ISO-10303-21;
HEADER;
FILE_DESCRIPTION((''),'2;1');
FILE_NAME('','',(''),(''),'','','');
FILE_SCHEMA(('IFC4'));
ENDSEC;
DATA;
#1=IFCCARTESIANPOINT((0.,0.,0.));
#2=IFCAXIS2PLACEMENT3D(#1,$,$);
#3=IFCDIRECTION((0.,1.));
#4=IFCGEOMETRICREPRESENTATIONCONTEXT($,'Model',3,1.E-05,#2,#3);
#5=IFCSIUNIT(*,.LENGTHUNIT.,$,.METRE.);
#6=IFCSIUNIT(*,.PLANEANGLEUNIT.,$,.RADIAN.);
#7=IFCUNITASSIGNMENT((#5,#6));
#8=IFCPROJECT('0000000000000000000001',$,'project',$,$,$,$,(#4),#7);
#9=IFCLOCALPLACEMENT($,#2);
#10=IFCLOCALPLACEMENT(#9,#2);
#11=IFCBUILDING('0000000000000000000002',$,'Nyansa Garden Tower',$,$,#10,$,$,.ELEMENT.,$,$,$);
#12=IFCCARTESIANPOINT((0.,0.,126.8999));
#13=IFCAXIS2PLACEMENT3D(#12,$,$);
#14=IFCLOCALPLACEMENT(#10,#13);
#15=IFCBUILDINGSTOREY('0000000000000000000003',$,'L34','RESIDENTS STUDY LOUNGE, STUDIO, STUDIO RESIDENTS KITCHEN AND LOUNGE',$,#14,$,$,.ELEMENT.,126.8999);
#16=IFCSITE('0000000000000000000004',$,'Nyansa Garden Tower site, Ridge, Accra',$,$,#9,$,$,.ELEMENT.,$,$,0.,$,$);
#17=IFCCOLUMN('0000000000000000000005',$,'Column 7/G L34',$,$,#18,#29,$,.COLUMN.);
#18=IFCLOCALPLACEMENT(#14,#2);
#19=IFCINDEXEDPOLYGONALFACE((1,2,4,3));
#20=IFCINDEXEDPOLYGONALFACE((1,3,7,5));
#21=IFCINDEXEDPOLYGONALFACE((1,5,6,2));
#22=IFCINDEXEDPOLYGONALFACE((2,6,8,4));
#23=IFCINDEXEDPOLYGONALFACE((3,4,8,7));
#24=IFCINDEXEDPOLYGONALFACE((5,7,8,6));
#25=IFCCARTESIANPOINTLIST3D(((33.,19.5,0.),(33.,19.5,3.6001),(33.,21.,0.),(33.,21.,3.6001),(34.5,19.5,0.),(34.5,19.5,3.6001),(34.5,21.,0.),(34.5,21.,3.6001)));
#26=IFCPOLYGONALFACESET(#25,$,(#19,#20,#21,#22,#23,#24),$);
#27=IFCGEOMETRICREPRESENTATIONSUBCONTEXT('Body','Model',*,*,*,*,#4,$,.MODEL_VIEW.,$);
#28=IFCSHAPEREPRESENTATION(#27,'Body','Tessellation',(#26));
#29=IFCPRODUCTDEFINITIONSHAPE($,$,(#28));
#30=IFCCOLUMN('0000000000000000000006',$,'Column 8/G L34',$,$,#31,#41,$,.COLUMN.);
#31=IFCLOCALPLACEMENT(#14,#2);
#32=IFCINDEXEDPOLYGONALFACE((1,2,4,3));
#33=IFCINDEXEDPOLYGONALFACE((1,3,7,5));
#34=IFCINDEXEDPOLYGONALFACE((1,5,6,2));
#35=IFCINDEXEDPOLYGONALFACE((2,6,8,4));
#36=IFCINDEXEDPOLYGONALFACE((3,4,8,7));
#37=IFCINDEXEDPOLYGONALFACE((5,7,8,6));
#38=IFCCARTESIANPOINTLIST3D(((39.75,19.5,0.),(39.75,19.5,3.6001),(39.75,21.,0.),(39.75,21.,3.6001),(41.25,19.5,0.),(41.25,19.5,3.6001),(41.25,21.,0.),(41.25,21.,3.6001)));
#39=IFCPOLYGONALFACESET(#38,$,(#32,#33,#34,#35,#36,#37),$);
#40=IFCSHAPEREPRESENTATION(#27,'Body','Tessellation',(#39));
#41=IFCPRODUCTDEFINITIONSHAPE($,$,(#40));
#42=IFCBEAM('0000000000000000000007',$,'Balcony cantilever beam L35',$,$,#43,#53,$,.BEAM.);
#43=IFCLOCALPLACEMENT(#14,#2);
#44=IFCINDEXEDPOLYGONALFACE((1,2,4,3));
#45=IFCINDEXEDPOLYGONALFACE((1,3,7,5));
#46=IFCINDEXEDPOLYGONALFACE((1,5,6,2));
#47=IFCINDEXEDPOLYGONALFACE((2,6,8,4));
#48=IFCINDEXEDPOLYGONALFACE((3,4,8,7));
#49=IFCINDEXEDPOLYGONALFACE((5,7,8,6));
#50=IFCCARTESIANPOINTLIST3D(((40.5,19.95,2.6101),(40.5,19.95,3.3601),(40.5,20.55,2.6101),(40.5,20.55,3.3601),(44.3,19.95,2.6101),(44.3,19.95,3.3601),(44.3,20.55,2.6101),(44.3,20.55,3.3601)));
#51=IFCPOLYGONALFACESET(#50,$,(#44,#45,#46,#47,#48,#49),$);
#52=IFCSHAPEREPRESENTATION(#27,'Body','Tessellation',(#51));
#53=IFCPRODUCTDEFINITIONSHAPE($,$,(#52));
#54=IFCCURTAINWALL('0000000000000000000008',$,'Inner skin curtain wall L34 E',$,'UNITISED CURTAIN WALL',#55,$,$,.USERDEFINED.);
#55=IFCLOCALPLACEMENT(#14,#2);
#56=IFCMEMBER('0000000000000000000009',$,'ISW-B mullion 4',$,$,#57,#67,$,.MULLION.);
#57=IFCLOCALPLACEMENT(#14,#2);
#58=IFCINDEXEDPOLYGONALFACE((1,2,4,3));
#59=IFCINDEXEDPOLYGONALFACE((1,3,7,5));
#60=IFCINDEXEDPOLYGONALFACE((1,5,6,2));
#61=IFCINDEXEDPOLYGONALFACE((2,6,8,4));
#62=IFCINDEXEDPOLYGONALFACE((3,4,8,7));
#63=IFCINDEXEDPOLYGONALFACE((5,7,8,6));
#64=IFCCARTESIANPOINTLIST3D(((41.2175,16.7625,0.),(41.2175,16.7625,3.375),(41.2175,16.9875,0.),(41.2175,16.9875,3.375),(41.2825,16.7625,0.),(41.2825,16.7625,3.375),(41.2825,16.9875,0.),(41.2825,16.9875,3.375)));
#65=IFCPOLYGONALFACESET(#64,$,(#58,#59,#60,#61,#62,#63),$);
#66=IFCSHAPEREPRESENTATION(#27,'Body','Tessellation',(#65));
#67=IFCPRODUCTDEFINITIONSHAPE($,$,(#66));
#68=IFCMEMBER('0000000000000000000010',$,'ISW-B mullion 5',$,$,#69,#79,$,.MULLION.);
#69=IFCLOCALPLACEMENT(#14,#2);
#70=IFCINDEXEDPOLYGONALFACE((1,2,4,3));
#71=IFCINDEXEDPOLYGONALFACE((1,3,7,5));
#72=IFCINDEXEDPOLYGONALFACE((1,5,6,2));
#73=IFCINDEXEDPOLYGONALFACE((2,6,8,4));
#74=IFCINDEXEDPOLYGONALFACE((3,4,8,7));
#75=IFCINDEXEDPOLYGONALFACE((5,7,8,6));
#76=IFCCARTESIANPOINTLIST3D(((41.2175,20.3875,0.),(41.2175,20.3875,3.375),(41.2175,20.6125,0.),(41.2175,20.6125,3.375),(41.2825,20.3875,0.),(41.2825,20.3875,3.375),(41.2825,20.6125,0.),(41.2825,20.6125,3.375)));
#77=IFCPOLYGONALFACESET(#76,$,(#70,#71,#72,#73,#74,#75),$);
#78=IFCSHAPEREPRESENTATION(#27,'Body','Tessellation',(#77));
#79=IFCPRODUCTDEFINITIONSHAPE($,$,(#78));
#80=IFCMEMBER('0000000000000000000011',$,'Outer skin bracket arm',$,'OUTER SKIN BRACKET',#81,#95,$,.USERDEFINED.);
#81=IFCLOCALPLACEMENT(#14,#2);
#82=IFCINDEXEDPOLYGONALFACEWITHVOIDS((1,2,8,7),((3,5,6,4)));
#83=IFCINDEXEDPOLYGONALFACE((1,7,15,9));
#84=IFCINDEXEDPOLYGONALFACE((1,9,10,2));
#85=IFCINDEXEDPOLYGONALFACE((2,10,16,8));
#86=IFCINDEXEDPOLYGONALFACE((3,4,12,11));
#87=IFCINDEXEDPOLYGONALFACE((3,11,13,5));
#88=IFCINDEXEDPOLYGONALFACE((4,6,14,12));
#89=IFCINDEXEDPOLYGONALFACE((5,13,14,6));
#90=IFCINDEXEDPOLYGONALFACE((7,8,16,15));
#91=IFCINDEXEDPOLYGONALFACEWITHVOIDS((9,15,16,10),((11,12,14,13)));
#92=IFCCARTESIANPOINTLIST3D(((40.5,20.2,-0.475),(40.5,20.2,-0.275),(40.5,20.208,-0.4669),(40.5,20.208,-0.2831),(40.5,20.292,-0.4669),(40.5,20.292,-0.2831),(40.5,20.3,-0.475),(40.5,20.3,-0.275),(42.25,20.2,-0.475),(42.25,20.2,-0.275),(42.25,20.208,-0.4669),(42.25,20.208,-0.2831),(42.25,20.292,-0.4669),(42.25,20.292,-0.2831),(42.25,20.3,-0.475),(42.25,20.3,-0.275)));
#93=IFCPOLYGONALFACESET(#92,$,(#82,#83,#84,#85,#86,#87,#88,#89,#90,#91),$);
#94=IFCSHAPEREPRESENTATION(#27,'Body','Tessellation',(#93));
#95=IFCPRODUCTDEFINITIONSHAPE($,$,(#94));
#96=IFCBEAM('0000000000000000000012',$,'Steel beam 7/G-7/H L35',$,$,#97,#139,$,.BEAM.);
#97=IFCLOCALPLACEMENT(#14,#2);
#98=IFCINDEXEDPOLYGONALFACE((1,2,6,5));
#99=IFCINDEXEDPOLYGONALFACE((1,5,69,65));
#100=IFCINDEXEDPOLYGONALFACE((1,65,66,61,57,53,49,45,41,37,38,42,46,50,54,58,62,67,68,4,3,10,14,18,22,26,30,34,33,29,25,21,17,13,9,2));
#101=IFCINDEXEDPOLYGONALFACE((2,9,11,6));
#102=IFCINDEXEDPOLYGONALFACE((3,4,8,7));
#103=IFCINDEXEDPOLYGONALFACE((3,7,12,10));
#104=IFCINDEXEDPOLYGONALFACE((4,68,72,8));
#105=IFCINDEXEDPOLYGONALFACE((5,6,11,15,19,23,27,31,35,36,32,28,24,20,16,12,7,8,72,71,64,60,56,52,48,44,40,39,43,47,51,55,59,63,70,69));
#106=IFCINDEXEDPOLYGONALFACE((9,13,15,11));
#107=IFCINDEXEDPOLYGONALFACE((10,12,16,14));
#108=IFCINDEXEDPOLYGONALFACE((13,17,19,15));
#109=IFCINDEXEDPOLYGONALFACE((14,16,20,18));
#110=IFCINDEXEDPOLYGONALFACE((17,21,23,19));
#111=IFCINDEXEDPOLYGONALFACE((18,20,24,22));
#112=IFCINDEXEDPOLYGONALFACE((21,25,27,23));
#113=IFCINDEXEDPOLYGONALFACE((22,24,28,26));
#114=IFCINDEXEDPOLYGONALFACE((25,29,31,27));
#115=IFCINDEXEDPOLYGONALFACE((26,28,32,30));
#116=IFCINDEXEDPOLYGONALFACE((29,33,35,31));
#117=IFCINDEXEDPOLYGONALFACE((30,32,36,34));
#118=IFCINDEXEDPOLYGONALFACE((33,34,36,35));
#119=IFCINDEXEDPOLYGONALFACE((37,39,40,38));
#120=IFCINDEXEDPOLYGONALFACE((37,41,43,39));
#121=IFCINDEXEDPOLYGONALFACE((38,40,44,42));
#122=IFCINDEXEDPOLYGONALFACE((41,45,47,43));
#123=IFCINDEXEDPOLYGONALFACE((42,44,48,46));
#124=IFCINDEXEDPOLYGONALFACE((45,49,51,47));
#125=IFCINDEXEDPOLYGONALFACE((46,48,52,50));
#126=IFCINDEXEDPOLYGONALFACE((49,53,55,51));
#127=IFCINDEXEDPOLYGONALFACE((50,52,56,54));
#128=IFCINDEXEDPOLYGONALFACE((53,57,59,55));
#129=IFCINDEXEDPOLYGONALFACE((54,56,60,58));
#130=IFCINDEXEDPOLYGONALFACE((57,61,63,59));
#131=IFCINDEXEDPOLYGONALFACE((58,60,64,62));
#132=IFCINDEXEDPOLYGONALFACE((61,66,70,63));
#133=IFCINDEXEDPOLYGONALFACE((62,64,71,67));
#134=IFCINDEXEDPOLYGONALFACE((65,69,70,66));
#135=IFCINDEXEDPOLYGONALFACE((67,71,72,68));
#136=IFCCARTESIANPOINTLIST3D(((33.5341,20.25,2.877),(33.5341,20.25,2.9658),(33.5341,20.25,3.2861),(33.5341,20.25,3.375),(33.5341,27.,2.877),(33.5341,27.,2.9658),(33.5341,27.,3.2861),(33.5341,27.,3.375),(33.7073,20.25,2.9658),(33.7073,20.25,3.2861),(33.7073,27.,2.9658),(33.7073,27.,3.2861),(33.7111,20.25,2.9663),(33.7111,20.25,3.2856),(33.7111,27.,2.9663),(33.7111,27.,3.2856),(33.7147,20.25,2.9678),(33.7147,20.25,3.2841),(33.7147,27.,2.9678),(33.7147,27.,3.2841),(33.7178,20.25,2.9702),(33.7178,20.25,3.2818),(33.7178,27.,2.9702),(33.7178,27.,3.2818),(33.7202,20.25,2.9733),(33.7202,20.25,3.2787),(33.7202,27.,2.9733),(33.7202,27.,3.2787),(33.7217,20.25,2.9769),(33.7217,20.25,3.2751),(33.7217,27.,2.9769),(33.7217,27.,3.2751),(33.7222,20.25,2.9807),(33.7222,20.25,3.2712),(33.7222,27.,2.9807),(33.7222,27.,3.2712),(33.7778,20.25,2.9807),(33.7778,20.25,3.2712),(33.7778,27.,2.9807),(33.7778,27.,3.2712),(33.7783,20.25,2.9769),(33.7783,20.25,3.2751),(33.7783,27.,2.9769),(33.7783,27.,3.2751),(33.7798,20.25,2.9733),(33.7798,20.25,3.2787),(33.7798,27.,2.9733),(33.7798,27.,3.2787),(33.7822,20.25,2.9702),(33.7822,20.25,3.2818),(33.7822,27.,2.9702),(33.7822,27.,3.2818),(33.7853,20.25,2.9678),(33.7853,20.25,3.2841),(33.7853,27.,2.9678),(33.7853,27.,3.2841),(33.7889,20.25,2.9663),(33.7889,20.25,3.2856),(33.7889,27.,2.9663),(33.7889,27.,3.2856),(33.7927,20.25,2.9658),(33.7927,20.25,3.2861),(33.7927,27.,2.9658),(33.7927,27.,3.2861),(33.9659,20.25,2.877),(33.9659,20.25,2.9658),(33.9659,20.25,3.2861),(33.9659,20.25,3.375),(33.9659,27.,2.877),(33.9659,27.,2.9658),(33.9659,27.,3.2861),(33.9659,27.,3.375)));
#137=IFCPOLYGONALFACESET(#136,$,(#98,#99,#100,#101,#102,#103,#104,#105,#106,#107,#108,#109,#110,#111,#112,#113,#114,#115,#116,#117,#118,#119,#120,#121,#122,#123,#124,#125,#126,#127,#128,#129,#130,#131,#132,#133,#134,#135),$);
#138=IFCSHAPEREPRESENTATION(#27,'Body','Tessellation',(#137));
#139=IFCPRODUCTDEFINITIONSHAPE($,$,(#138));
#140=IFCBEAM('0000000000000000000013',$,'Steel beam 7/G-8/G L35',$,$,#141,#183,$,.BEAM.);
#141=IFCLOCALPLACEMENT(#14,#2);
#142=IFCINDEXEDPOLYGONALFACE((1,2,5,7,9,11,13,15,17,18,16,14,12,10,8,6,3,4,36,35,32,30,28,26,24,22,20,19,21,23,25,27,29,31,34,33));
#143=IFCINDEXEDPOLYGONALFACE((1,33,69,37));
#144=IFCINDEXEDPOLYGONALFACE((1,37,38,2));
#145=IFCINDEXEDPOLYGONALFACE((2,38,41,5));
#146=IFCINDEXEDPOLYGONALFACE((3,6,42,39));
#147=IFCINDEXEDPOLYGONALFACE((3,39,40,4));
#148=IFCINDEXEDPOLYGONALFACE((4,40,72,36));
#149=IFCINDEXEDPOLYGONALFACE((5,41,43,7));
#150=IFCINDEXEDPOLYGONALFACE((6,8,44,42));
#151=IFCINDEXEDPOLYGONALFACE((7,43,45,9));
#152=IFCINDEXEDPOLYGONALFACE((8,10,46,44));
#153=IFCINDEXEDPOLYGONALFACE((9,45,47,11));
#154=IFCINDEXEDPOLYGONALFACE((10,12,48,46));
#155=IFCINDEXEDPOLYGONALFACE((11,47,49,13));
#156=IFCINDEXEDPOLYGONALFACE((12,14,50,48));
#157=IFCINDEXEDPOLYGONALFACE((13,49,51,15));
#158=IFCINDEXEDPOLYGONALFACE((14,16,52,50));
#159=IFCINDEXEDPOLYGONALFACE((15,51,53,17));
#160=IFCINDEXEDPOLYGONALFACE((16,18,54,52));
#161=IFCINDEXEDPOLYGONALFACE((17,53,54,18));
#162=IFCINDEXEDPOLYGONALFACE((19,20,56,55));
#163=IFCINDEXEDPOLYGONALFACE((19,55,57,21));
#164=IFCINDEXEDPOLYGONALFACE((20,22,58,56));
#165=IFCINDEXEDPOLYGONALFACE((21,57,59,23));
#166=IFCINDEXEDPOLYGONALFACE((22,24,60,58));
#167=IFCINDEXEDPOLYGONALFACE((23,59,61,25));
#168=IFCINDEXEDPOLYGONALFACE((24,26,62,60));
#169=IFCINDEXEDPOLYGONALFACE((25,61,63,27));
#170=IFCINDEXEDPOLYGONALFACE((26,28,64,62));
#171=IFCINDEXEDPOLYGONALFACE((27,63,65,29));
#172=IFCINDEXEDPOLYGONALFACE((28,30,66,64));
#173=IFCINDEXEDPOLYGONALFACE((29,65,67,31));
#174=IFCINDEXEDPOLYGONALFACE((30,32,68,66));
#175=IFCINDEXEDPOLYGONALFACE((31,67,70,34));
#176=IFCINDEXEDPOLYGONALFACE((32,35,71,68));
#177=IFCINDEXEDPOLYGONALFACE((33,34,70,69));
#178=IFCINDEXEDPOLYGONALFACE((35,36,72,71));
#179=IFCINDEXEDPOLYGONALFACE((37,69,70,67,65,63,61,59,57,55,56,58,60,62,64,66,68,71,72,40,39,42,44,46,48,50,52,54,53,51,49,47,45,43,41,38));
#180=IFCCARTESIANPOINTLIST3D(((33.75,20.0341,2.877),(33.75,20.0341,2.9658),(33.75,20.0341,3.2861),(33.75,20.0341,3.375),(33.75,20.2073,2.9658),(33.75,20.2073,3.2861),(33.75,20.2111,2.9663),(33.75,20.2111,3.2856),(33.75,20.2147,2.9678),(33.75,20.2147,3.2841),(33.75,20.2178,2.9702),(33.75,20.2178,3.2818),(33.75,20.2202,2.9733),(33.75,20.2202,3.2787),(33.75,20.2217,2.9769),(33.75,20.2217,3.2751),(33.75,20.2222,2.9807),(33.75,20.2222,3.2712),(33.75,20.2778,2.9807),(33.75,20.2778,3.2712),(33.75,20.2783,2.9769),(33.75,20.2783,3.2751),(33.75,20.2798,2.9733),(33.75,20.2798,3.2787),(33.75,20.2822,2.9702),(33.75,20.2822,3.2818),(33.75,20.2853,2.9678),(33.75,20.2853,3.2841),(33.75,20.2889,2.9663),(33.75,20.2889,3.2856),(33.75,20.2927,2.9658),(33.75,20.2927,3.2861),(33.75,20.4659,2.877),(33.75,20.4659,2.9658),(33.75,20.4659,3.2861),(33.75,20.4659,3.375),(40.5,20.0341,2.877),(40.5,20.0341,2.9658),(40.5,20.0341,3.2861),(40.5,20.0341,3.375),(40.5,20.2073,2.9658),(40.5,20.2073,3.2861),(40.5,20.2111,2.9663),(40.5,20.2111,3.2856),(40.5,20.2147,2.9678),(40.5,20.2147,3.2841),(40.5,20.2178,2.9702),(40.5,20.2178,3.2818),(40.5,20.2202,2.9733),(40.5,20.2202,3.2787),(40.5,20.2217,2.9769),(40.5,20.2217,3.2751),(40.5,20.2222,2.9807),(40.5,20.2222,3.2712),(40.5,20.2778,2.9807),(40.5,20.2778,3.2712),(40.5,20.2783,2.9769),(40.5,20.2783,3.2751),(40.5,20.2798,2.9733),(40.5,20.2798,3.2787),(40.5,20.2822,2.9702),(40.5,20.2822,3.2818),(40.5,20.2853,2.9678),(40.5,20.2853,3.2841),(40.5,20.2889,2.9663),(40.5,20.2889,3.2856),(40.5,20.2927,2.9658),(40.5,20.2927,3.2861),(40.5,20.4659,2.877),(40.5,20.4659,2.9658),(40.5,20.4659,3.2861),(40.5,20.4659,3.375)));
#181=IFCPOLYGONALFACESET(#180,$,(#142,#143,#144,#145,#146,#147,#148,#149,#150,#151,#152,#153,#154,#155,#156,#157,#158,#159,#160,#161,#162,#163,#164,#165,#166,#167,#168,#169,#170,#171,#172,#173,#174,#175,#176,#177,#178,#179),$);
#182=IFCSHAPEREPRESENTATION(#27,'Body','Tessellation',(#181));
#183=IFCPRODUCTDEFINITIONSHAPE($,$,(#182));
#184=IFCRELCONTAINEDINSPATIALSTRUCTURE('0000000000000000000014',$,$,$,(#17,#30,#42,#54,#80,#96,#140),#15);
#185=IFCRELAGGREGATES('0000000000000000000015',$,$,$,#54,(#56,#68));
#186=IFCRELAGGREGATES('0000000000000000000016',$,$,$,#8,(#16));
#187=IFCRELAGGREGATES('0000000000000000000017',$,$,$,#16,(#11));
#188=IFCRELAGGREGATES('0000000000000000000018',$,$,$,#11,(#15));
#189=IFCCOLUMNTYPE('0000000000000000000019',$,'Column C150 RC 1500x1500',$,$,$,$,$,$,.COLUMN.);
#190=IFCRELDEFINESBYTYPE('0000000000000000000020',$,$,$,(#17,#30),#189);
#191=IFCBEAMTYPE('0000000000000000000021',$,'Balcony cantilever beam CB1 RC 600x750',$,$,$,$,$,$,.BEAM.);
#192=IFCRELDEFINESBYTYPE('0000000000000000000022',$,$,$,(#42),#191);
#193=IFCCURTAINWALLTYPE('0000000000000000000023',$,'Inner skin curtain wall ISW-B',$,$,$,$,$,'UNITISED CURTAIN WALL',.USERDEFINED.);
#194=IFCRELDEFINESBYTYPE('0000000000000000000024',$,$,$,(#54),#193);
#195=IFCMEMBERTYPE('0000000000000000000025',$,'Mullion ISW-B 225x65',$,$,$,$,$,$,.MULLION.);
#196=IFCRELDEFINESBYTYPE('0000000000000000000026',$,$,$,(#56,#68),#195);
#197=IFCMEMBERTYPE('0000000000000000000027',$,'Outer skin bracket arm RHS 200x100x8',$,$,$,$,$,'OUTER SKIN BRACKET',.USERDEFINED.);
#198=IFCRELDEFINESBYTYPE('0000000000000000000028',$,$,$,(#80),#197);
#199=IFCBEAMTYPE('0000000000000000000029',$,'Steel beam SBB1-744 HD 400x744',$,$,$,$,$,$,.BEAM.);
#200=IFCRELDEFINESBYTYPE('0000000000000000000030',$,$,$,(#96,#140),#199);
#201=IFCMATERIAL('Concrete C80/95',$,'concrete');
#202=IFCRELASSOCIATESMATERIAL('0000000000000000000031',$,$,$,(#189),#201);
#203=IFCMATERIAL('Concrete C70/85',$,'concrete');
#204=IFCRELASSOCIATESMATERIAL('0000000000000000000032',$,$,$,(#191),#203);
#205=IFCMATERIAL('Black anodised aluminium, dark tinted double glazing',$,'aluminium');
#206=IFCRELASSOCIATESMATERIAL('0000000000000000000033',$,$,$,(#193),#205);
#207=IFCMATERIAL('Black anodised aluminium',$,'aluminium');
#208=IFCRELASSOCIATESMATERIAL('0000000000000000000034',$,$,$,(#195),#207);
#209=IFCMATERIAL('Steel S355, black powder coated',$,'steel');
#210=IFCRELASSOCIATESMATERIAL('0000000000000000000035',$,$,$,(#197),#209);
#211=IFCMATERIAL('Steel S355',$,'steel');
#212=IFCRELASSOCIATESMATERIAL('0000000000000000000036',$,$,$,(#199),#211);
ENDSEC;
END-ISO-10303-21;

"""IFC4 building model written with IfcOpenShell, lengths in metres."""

from ifc_helpers import new_model, si_unit, direction, frame, origin, origin_2d, place, context, subcontext, project, spatial, rectangle, hollow_rectangle, i_section, extrude, material, material_profile, profile_set, type_object, element, aggregate, save


model = new_model("IFC4")

# Units and contexts
model_context = context("Model", 3, precision=1e-05, world=origin(), true_north=direction((0.0, 1.0)))
body_context = subcontext(model_context, "Body", "Model", "MODEL_VIEW")
ifc_project = project(units=[si_unit("LENGTHUNIT", "METRE"), si_unit("PLANEANGLEUNIT", "RADIAN")], contexts=[model_context])

# Site, building, storey
site_placement = place(None, origin())
site = spatial("IfcSite", under=ifc_project, at=site_placement, Name="Nyansa Garden Tower site, Ridge, Accra", CompositionType="ELEMENT", RefElevation=0.0)
building_placement = place(site_placement, origin())
building = spatial("IfcBuilding", under=site, at=building_placement, Name="Nyansa Garden Tower", CompositionType="ELEMENT")
storey_placement = place(building_placement, frame((0.0, 0.0, 126.8999)))
storey = spatial("IfcBuildingStorey", under=building, at=storey_placement, Name="L34", Description="RESIDENTS STUDY LOUNGE, STUDIO, STUDIO RESIDENTS KITCHEN AND LOUNGE", CompositionType="ELEMENT", Elevation=126.8999)

# Columns
ifc_material_1 = material(Name="Concrete C80/95", Category="concrete")
ifc_material_profile_1 = material_profile(ifc_material_1, rectangle(XDim=1.5, YDim=1.5, at=origin_2d()), Name="RC 1500x1500")
ifc_profile_set_1 = profile_set([ifc_material_profile_1], Name="Concrete C80/95")
column_type = type_object("IfcColumnType", Name="Column C150 RC 1500x1500", PredefinedType="COLUMN", material=ifc_profile_set_1)
for number, where, z_axis, x_axis, name in (
    (1, (33.75, 20.25, 0.0), (0.0, 0.0, 1.0), (1.0, 0.0, 0.0), "Column 7/G L34"),
    (2, (40.5, 20.25, 0.0), (0.0, 0.0, 1.0), (1.0, 0.0, 0.0), "Column 8/G L34"),
):
    element("IfcColumn", number, at=place(storey_placement, frame(where, z_axis=z_axis, x_axis=x_axis)), inside=storey, type_object=column_type, Name=name, PredefinedType="COLUMN", context=body_context, shape_type="SweptSolid", body=[
        extrude(rectangle(XDim=1.5, YDim=1.5, at=origin_2d()), origin(), (0.0, 0.0, 1.0), 3.6001),
    ])

# Beam
ifc_material_2 = material(Name="Concrete C70/85", Category="concrete")
ifc_material_profile_2 = material_profile(ifc_material_2, rectangle(XDim=0.6001, YDim=0.75, at=origin_2d()), Name="RC 600x750")
ifc_profile_set_2 = profile_set([ifc_material_profile_2], Name="Concrete C70/85")
beam_type_1 = type_object("IfcBeamType", Name="Balcony cantilever beam CB1 RC 600x750", PredefinedType="BEAM", material=ifc_profile_set_2)
beam_1_placement = place(storey_placement, frame((40.5, 20.25, 2.9851), z_axis=(1.0, 0.0, 0.0), x_axis=(0.0, 1.0, 0.0)))
element("IfcBeam", 3, at=beam_1_placement, inside=storey, type_object=beam_type_1, Name="Balcony cantilever beam L35", PredefinedType="BEAM", context=body_context, shape_type="SweptSolid", body=[
    extrude(rectangle(XDim=0.6001, YDim=0.75, at=origin_2d()), origin(), (0.0, 0.0, 1.0), 3.8),
])

# Curtain wall, members
ifc_material_3 = material(Name="Black anodised aluminium, dark tinted double glazing", Category="aluminium")
curtain_wall_type = type_object("IfcCurtainWallType", Name="Inner skin curtain wall ISW-B", ElementType="UNITISED CURTAIN WALL", PredefinedType="USERDEFINED", material=ifc_material_3)
curtain_wall_placement = place(storey_placement, origin())
curtain_wall = element("IfcCurtainWall", 4, at=curtain_wall_placement, inside=storey, type_object=curtain_wall_type, Name="Inner skin curtain wall L34 E", ObjectType="UNITISED CURTAIN WALL", PredefinedType="USERDEFINED")
ifc_material_4 = material(Name="Black anodised aluminium", Category="aluminium")
ifc_material_profile_3 = material_profile(ifc_material_4, rectangle(XDim=0.0649, YDim=0.2251, at=origin_2d()), Name="Mullion 225x65")
ifc_profile_set_3 = profile_set([ifc_material_profile_3], Name="Black anodised aluminium")
member_type_1 = type_object("IfcMemberType", Name="Mullion ISW-B 225x65", PredefinedType="MULLION", material=ifc_profile_set_3)
member_1_placement = place(storey_placement, frame((41.25, 16.875, 0.0), z_axis=(0.0, 0.0, 1.0), x_axis=(-1.0, 0.0, 0.0)))
member_1 = element("IfcMember", 5, at=member_1_placement, type_object=member_type_1, Name="ISW-B mullion 4", PredefinedType="MULLION", context=body_context, shape_type="SweptSolid", body=[
    extrude(rectangle(XDim=0.0649, YDim=0.2251, at=origin_2d()), origin(), (0.0, 0.0, 1.0), 3.375),
])
member_2_placement = place(storey_placement, frame((41.25, 20.5, 0.0), z_axis=(0.0, 0.0, 1.0), x_axis=(-1.0, 0.0, 0.0)))
member_2 = element("IfcMember", 6, at=member_2_placement, type_object=member_type_1, Name="ISW-B mullion 5", PredefinedType="MULLION", context=body_context, shape_type="SweptSolid", body=[
    extrude(rectangle(XDim=0.0649, YDim=0.2251, at=origin_2d()), origin(), (0.0, 0.0, 1.0), 3.375),
])

# Member
ifc_material_5 = material(Name="Steel S355, black powder coated", Category="steel")
ifc_material_profile_4 = material_profile(ifc_material_5, hollow_rectangle(XDim=0.1001, YDim=0.2, WallThickness=0.0081, at=origin_2d()), Name="RHS 200x100x8")
ifc_profile_set_4 = profile_set([ifc_material_profile_4], Name="Steel S355, black powder coated")
member_type_2 = type_object("IfcMemberType", Name="Outer skin bracket arm RHS 200x100x8", ElementType="OUTER SKIN BRACKET", PredefinedType="USERDEFINED", material=ifc_profile_set_4)
member_3_placement = place(storey_placement, frame((40.5, 20.25, -0.375), z_axis=(1.0, 0.0, 0.0), x_axis=(0.0, 1.0, 0.0)))
element("IfcMember", 7, at=member_3_placement, inside=storey, type_object=member_type_2, Name="Outer skin bracket arm", ObjectType="OUTER SKIN BRACKET", PredefinedType="USERDEFINED", context=body_context, shape_type="SweptSolid", body=[
    extrude(hollow_rectangle(XDim=0.1001, YDim=0.2, WallThickness=0.0081, at=origin_2d()), origin(), (0.0, 0.0, 1.0), 1.75),
])

# Beams
ifc_material_6 = material(Name="Steel S355", Category="steel")
ifc_material_profile_5 = material_profile(ifc_material_6, i_section(OverallWidth=0.4319, OverallDepth=0.498, WebThickness=0.0557, FlangeThickness=0.0889, FilletRadius=0.0149, at=origin_2d()), Name="HD 400x744")
ifc_profile_set_5 = profile_set([ifc_material_profile_5], Name="Steel S355")
beam_type_2 = type_object("IfcBeamType", Name="Steel beam SBB1-744 HD 400x744", PredefinedType="BEAM", material=ifc_profile_set_5)
for number, where, z_axis, x_axis, name in (
    (8, (33.75, 20.25, 3.126), (0.0, 1.0, 0.0), (-1.0, 0.0, 0.0), "Steel beam 7/G-7/H L35"),
    (9, (33.75, 20.25, 3.126), (1.0, 0.0, 0.0), (0.0, 1.0, 0.0), "Steel beam 7/G-8/G L35"),
):
    element("IfcBeam", number, at=place(storey_placement, frame(where, z_axis=z_axis, x_axis=x_axis)), inside=storey, type_object=beam_type_2, Name=name, PredefinedType="BEAM", context=body_context, shape_type="SweptSolid", body=[
        extrude(i_section(OverallWidth=0.4319, OverallDepth=0.498, WebThickness=0.0557, FlangeThickness=0.0889, FilletRadius=0.0149, at=origin_2d()), origin(), (0.0, 0.0, 1.0), 6.75),
    ])

aggregate(curtain_wall, [member_1, member_2])

save(model, "model.ifc")
